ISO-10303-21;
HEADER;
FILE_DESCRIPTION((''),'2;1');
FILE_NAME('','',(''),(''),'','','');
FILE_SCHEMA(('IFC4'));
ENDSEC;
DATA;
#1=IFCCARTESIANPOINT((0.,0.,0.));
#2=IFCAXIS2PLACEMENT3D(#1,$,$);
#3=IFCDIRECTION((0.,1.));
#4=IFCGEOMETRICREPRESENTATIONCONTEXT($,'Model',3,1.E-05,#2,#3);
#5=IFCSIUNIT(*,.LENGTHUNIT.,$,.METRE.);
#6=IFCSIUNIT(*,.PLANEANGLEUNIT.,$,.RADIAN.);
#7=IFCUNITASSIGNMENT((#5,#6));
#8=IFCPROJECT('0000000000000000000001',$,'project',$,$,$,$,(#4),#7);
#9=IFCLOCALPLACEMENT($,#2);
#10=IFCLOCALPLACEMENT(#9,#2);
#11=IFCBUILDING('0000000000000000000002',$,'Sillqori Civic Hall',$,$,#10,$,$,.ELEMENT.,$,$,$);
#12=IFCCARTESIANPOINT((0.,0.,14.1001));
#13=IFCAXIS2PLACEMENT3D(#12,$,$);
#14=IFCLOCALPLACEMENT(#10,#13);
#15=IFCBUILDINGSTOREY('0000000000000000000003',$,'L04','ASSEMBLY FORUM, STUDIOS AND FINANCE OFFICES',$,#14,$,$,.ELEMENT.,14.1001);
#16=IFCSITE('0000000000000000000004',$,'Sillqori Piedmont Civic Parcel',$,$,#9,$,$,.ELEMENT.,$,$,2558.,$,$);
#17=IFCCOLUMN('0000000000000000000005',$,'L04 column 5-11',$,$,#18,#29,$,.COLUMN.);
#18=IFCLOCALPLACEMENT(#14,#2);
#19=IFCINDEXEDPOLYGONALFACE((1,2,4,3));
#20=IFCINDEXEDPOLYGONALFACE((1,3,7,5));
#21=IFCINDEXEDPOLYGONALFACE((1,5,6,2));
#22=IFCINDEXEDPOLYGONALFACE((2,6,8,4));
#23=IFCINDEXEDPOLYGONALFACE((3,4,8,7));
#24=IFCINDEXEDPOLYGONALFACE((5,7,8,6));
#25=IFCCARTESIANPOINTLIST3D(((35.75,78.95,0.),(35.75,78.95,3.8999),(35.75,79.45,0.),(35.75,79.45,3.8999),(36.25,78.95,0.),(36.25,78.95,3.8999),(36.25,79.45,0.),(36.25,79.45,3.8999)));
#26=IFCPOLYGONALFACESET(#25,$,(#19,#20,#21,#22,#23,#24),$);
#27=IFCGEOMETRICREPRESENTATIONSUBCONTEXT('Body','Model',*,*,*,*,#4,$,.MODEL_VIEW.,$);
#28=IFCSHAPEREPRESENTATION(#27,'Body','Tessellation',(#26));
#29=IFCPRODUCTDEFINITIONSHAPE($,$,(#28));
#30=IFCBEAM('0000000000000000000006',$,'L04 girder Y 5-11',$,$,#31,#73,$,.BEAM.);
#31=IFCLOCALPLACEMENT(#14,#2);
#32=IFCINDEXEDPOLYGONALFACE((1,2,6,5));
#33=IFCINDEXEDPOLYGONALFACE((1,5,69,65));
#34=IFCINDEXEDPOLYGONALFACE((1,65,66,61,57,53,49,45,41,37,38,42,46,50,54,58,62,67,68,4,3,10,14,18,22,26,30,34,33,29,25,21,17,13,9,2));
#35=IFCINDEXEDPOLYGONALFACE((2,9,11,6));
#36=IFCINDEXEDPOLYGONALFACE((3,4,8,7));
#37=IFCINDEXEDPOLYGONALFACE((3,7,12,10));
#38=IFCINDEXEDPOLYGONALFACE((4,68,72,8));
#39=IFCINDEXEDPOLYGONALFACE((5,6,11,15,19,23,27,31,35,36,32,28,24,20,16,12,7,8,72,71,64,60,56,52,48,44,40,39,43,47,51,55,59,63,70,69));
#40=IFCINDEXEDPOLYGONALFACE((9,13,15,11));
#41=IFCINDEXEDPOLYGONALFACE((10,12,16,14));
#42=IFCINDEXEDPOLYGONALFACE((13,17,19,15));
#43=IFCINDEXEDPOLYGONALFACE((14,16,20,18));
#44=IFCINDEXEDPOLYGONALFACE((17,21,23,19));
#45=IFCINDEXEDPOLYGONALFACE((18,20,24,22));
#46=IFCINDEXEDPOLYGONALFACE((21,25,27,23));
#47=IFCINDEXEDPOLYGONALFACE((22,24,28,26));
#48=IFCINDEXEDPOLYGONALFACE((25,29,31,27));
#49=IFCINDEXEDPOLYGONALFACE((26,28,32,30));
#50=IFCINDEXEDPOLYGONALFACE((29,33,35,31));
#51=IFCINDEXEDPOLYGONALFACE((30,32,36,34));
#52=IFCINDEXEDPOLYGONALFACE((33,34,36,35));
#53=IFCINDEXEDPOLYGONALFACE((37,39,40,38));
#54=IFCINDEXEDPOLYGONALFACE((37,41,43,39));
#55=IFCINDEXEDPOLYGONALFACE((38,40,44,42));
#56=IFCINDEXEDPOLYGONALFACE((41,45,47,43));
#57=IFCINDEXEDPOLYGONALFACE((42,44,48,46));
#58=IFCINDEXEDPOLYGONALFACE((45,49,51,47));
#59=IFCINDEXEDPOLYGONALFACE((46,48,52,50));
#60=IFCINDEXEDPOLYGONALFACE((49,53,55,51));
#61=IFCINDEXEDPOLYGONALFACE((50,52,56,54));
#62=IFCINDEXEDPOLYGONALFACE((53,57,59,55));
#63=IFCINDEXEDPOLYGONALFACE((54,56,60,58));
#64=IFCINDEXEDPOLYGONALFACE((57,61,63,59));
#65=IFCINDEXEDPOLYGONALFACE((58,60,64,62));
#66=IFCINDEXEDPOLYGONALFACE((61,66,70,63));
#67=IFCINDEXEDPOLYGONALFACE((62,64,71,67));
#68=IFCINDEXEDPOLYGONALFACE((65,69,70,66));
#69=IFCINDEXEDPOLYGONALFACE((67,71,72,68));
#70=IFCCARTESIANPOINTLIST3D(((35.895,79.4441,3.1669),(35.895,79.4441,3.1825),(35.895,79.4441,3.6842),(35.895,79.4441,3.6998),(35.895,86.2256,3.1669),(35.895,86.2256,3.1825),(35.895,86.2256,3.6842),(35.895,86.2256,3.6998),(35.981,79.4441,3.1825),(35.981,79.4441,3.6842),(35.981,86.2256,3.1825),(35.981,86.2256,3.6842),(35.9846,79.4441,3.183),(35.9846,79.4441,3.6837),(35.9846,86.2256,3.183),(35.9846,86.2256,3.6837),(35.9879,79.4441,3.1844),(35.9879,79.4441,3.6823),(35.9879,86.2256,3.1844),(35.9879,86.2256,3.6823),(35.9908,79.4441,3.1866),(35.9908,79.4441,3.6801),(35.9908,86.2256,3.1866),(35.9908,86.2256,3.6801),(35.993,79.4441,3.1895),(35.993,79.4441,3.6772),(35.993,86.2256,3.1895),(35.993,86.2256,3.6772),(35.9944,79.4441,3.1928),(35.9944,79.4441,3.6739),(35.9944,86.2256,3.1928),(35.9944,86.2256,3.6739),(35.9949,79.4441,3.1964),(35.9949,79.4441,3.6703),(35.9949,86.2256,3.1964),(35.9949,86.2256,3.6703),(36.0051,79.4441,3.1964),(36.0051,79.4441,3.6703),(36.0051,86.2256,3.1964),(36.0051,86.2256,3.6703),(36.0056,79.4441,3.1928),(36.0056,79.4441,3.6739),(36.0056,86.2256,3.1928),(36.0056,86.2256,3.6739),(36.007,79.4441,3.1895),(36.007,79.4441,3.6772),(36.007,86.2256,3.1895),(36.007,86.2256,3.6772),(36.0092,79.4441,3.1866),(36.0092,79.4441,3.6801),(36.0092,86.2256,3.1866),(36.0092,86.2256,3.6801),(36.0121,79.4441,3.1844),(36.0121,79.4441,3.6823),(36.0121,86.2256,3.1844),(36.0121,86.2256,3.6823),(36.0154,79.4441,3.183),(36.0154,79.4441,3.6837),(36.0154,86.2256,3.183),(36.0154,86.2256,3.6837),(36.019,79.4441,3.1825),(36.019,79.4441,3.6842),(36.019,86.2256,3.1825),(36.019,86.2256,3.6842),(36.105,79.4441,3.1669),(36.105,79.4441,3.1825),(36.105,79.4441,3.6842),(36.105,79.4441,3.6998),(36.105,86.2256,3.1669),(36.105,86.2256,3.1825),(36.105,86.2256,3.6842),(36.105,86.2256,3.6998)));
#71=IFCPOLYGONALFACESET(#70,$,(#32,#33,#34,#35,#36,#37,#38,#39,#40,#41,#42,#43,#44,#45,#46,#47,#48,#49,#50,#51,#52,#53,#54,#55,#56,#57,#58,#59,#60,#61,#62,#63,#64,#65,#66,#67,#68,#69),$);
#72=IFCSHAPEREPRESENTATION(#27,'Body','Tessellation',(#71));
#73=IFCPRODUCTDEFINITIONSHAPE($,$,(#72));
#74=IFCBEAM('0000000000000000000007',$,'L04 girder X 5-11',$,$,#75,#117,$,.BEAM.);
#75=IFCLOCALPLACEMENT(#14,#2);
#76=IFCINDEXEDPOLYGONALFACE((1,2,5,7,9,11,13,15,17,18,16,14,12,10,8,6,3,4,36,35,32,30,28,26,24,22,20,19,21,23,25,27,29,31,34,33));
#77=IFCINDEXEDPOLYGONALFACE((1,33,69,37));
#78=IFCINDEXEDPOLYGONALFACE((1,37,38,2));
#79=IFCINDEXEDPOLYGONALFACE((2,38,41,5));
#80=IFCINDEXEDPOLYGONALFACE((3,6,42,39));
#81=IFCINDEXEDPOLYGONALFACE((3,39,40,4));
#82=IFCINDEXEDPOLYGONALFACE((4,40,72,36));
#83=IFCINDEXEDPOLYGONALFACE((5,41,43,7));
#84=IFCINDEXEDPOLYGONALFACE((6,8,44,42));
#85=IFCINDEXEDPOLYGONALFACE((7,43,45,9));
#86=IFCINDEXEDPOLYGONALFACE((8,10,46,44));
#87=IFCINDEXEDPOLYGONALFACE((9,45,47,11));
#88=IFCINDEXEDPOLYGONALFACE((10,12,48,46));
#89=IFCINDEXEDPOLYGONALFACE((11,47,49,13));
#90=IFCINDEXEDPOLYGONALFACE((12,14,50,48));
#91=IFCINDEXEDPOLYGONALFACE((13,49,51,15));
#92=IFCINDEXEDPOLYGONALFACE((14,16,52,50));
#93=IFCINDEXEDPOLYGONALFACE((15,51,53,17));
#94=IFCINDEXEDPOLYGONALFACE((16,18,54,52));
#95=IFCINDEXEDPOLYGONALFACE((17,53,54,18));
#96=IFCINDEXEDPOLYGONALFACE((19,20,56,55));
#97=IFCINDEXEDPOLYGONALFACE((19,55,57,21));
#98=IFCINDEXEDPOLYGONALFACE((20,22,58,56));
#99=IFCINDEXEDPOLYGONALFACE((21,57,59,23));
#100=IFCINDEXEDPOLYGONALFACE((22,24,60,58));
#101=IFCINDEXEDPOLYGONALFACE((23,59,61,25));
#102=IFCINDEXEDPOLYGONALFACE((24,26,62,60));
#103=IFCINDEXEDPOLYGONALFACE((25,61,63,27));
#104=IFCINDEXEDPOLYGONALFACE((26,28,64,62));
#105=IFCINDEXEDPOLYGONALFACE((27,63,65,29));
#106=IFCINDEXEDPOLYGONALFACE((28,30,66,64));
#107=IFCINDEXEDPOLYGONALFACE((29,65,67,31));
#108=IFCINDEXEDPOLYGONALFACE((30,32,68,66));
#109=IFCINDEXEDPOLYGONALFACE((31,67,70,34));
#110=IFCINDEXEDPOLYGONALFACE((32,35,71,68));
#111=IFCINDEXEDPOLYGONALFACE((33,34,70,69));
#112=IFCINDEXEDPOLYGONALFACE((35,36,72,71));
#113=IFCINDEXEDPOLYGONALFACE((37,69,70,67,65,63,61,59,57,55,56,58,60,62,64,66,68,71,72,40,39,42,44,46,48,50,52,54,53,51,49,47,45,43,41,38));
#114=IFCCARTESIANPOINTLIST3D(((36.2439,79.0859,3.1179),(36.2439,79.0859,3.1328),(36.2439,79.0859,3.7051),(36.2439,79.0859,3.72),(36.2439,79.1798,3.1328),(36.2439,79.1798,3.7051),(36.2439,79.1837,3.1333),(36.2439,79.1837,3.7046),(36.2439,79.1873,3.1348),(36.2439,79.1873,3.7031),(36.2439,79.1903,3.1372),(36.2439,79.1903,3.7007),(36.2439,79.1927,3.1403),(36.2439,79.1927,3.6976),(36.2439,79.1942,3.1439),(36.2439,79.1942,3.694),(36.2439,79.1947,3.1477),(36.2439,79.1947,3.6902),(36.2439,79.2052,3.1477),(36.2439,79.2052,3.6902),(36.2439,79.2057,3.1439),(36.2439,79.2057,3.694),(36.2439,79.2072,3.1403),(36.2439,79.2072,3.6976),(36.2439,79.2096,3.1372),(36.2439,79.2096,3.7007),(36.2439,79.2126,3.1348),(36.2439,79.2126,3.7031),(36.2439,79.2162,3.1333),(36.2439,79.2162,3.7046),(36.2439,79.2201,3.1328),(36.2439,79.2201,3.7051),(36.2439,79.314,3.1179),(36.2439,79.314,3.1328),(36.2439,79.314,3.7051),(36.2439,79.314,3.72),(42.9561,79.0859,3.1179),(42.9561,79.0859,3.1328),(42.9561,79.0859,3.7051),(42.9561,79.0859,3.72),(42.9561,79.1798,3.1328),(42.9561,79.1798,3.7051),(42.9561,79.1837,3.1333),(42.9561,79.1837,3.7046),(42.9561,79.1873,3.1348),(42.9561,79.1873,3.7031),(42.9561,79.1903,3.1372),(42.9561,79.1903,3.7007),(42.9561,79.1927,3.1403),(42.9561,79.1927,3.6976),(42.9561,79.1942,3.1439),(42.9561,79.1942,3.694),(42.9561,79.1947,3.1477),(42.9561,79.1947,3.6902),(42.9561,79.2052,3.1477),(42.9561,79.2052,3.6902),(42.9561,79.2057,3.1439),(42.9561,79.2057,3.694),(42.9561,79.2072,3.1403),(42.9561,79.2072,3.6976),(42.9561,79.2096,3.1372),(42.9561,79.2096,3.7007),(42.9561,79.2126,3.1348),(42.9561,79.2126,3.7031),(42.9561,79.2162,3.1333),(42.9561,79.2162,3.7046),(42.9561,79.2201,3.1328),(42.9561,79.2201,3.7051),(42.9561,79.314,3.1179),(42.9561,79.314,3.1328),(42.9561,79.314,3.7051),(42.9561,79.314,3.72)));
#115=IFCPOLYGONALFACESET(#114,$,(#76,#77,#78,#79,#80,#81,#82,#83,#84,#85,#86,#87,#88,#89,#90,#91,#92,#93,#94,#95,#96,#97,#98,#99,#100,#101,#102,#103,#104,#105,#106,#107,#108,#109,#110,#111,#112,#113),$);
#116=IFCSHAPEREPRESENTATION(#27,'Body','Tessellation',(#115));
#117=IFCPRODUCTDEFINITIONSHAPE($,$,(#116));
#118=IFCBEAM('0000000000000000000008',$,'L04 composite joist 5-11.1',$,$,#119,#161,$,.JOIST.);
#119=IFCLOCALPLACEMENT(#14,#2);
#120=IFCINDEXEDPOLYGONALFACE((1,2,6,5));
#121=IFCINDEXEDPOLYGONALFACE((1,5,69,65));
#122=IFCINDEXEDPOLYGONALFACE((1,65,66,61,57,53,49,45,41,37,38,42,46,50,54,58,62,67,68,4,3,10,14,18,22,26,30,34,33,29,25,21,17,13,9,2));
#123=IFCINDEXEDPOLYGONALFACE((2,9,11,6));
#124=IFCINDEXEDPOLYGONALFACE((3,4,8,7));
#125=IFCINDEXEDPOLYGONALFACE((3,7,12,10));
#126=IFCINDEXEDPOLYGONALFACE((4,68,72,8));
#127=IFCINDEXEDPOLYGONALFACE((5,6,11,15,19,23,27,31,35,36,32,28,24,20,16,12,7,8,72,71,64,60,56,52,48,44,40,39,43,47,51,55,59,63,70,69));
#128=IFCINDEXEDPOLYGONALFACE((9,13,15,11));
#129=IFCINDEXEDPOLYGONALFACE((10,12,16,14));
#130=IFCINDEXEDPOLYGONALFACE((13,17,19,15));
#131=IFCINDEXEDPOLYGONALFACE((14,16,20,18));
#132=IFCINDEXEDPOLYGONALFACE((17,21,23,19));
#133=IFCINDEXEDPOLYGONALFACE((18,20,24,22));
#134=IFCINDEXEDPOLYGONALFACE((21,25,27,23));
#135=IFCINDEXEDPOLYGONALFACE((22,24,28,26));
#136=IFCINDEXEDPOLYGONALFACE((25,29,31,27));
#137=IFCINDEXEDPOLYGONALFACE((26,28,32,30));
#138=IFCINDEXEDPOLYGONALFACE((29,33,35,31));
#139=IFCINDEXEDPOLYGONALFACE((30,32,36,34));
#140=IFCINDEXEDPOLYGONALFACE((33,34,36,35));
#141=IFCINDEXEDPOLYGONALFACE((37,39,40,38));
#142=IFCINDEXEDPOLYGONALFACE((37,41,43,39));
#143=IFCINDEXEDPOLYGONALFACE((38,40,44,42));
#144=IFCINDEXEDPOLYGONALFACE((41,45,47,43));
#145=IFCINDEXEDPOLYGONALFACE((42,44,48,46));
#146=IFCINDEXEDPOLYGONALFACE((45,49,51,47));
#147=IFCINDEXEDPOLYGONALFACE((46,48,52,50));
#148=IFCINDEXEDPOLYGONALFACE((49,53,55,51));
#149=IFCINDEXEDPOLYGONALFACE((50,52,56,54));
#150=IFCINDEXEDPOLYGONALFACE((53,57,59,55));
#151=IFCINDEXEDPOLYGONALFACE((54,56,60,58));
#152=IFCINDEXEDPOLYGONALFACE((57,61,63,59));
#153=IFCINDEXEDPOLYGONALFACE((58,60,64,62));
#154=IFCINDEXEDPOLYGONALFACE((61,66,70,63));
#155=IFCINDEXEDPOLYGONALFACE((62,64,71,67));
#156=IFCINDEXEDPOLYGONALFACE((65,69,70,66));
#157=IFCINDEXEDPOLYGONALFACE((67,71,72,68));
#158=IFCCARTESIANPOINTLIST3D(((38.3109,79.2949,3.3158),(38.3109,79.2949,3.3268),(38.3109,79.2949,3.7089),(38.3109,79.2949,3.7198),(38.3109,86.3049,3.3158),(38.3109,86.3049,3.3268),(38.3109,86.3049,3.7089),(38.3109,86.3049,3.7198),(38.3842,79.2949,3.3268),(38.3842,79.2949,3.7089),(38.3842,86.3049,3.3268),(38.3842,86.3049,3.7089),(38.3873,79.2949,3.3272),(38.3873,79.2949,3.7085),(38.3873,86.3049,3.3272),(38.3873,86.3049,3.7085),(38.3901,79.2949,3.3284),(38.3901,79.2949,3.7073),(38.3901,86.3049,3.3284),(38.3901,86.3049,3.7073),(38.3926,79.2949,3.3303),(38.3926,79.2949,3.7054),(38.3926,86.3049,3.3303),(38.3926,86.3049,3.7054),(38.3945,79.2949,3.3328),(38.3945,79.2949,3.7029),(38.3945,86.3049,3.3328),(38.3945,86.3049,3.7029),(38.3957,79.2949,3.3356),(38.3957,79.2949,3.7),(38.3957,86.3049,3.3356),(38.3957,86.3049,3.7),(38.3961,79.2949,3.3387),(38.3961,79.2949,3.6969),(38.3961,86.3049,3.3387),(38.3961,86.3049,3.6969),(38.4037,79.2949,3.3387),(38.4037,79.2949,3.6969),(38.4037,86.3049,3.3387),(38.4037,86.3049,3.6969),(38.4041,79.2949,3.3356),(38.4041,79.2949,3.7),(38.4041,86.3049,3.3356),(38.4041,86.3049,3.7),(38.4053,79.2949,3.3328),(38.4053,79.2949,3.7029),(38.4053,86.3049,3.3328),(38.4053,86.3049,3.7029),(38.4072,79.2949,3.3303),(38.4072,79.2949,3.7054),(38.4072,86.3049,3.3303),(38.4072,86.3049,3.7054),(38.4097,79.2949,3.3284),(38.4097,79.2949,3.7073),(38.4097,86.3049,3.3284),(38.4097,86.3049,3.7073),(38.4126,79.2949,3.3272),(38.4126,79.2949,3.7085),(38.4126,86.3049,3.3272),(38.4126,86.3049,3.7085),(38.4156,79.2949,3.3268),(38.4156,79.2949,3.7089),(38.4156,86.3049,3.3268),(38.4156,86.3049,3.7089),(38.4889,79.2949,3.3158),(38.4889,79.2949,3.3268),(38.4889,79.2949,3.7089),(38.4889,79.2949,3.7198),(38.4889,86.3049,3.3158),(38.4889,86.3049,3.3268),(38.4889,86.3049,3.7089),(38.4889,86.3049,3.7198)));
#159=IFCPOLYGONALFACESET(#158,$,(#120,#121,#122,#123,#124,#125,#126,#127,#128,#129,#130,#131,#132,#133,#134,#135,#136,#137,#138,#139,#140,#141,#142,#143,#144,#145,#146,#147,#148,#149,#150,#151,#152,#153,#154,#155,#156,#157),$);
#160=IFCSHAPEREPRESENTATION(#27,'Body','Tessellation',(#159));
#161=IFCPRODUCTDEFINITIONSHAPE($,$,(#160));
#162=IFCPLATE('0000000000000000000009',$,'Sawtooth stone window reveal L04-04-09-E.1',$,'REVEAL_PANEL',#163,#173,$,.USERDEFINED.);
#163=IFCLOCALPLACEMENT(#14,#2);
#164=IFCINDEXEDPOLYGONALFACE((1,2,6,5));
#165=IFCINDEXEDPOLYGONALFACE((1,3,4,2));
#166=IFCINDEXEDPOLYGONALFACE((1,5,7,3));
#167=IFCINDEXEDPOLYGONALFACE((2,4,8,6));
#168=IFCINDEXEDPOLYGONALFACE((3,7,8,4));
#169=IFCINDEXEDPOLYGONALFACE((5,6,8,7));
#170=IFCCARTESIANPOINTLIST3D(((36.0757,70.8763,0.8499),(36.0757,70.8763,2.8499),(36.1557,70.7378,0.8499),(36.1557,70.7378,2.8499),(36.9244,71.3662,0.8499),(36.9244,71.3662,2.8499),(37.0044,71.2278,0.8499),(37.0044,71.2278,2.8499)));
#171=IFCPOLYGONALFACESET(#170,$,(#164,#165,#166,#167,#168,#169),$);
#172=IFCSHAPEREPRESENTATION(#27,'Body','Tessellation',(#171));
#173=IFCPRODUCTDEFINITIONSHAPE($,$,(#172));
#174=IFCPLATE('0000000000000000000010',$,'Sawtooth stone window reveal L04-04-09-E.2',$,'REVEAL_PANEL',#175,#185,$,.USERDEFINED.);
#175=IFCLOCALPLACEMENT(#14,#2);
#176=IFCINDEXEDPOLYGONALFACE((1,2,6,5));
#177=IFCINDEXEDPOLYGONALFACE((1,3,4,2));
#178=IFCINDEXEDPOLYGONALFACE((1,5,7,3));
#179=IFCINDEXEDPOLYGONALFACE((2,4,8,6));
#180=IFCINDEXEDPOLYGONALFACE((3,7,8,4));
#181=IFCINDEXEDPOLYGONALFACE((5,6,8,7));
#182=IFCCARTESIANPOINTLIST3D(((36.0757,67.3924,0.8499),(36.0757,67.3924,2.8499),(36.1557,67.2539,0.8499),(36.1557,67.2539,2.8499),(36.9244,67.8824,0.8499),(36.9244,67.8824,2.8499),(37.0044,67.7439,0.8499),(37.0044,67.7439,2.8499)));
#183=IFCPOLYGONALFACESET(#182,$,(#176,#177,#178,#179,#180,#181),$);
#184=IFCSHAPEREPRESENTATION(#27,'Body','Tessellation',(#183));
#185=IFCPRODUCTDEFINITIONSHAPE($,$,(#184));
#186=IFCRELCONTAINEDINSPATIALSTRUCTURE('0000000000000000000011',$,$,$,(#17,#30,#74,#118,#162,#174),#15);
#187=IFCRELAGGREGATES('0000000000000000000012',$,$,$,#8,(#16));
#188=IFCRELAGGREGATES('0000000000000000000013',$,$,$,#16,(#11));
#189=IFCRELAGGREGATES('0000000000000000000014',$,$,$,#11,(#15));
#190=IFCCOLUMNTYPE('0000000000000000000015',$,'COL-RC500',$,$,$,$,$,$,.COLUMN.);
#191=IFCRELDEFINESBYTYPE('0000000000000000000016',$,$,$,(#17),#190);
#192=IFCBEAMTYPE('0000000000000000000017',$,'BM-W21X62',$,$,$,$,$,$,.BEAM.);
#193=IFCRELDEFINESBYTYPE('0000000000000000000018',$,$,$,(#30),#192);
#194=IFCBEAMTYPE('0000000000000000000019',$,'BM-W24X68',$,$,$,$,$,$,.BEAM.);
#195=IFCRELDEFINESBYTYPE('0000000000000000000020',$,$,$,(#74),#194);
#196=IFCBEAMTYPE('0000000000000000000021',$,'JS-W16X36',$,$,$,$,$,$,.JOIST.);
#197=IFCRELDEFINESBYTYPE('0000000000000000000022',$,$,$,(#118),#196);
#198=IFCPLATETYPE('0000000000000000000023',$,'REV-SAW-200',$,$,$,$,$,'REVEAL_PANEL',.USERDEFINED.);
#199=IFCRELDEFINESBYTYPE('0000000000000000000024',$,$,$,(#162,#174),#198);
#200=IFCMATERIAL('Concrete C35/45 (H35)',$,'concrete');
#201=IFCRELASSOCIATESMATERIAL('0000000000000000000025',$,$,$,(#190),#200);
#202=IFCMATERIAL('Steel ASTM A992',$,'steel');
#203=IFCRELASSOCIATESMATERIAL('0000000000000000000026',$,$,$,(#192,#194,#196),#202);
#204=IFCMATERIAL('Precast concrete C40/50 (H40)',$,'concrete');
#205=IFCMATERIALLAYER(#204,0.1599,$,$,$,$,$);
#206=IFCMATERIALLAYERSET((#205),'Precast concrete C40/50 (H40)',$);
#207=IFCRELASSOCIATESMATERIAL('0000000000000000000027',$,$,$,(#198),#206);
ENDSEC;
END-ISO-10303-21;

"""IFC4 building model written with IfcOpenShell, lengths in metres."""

from ifc_helpers import new_model, si_unit, direction, frame, origin, origin_2d, place, context, subcontext, project, spatial, rectangle, i_section, extrude, material, layer, layer_set, material_profile, profile_set, type_object, element, save


model = new_model("IFC4")

# Units and contexts
model_context = context("Model", 3, precision=1e-05, world=origin(), true_north=direction((0.0, 1.0)))
body_context = subcontext(model_context, "Body", "Model", "MODEL_VIEW")
ifc_project = project(units=[si_unit("LENGTHUNIT", "METRE"), si_unit("PLANEANGLEUNIT", "RADIAN")], contexts=[model_context])

# Site, building, storey
site_placement = place(None, origin())
site = spatial("IfcSite", under=ifc_project, at=site_placement, Name="Sillqori Piedmont Civic Parcel", CompositionType="ELEMENT", RefElevation=2558.0)
building_placement = place(site_placement, origin())
building = spatial("IfcBuilding", under=site, at=building_placement, Name="Sillqori Civic Hall", CompositionType="ELEMENT")
storey_placement = place(building_placement, frame((0.0, 0.0, 14.1001)))
storey = spatial("IfcBuildingStorey", under=building, at=storey_placement, Name="L04", Description="ASSEMBLY FORUM, STUDIOS AND FINANCE OFFICES", CompositionType="ELEMENT", Elevation=14.1001)

# Column
ifc_material_1 = material(Name="Concrete C35/45 (H35)", Category="concrete")
ifc_material_profile_1 = material_profile(ifc_material_1, rectangle(XDim=0.5, YDim=0.5, at=origin_2d()), Name="RC 500x500")
ifc_profile_set_1 = profile_set([ifc_material_profile_1], Name="Concrete C35/45 (H35)")
column_type = type_object("IfcColumnType", Name="COL-RC500", PredefinedType="COLUMN", material=ifc_profile_set_1)
column_placement = place(storey_placement, frame((36.0, 79.2, 0.0), z_axis=(0.0, 0.0, 1.0), x_axis=(1.0, 0.0, 0.0)))
element("IfcColumn", 1, at=column_placement, inside=storey, type_object=column_type, Name="L04 column 5-11", PredefinedType="COLUMN", context=body_context, shape_type="SweptSolid", body=[
    extrude(rectangle(XDim=0.5, YDim=0.5, at=origin_2d()), origin(), (0.0, 0.0, 1.0), 3.8999),
])

# Beams
ifc_material_2 = material(Name="Steel ASTM A992", Category="steel")
ifc_material_profile_2 = material_profile(ifc_material_2, i_section(OverallWidth=0.21, OverallDepth=0.533, WebThickness=0.0103, FlangeThickness=0.0156, FilletRadius=0.0139, at=origin_2d()), Name="W21X62")
ifc_profile_set_2 = profile_set([ifc_material_profile_2], Name="Steel ASTM A992")
beam_type_1 = type_object("IfcBeamType", Name="BM-W21X62", PredefinedType="BEAM", material=ifc_profile_set_2)
beam_1_placement = place(storey_placement, frame((36.0, 79.4441, 3.4333), z_axis=(0.0, 1.0, 0.0), x_axis=(-1.0, 0.0, 0.0)))
element("IfcBeam", 2, at=beam_1_placement, inside=storey, type_object=beam_type_1, Name="L04 girder Y 5-11", PredefinedType="BEAM", context=body_context, shape_type="SweptSolid", body=[
    extrude(i_section(OverallWidth=0.21, OverallDepth=0.533, WebThickness=0.0103, FlangeThickness=0.0156, FilletRadius=0.0139, at=origin_2d()), origin(), (0.0, 0.0, 1.0), 6.7815),
])
ifc_material_profile_3 = material_profile(ifc_material_2, i_section(OverallWidth=0.228, OverallDepth=0.6021, WebThickness=0.0105, FlangeThickness=0.0149, FilletRadius=0.0149, at=origin_2d()), Name="W24X68")
ifc_profile_set_3 = profile_set([ifc_material_profile_3], Name="Steel ASTM A992")
beam_type_2 = type_object("IfcBeamType", Name="BM-W24X68", PredefinedType="BEAM", material=ifc_profile_set_3)
beam_2_placement = place(storey_placement, frame((36.2439, 79.2, 3.4189), z_axis=(1.0, 0.0, 0.0), x_axis=(0.0, 1.0, 0.0)))
element("IfcBeam", 3, at=beam_2_placement, inside=storey, type_object=beam_type_2, Name="L04 girder X 5-11", PredefinedType="BEAM", context=body_context, shape_type="SweptSolid", body=[
    extrude(i_section(OverallWidth=0.228, OverallDepth=0.6021, WebThickness=0.0105, FlangeThickness=0.0149, FilletRadius=0.0149, at=origin_2d()), origin(), (0.0, 0.0, 1.0), 6.7122),
])
ifc_material_profile_4 = material_profile(ifc_material_2, i_section(OverallWidth=0.178, OverallDepth=0.4041, WebThickness=0.0076, FlangeThickness=0.011, FilletRadius=0.012, at=origin_2d()), Name="W16X36")
ifc_profile_set_4 = profile_set([ifc_material_profile_4], Name="Steel ASTM A992")
beam_type_3 = type_object("IfcBeamType", Name="JS-W16X36", PredefinedType="JOIST", material=ifc_profile_set_4)
beam_3_placement = place(storey_placement, frame((38.3999, 79.2949, 3.5178), z_axis=(0.0, 1.0, 0.0), x_axis=(-1.0, 0.0, 0.0)))
element("IfcBeam", 4, at=beam_3_placement, inside=storey, type_object=beam_type_3, Name="L04 composite joist 5-11.1", PredefinedType="JOIST", context=body_context, shape_type="SweptSolid", body=[
    extrude(i_section(OverallWidth=0.178, OverallDepth=0.4041, WebThickness=0.0076, FlangeThickness=0.011, FilletRadius=0.012, at=origin_2d()), origin(), (0.0, 0.0, 1.0), 7.01),
])

# Plates
ifc_material_3 = material(Name="Precast concrete C40/50 (H40)", Category="concrete")
ifc_layer_1 = layer(ifc_material_3, 0.1599)
ifc_layer_set_1 = layer_set([ifc_layer_1], Name="Precast concrete C40/50 (H40)")
plate_type = type_object("IfcPlateType", Name="REV-SAW-200", ElementType="REVEAL_PANEL", PredefinedType="USERDEFINED", material=ifc_layer_set_1)
for number, where, z_axis, x_axis, name in (
    (5, (36.54, 71.052, 0.8499), (0.0, 0.0, 1.0), (0.5, -0.866025, 0.0), "Sawtooth stone window reveal L04-04-09-E.1"),
    (6, (36.54, 67.5681, 0.8499), (0.0, 0.0, 1.0), (0.5, -0.866025, 0.0), "Sawtooth stone window reveal L04-04-09-E.2"),
):
    element("IfcPlate", number, at=place(storey_placement, frame(where, z_axis=z_axis, x_axis=x_axis)), inside=storey, type_object=plate_type, Name=name, ObjectType="REVEAL_PANEL", PredefinedType="USERDEFINED", context=body_context, shape_type="SweptSolid", body=[
        extrude(rectangle(XDim=0.1599, YDim=0.98, at=origin_2d()), origin(), (0.0, 0.0, 1.0), 2.0),
    ])

save(model, "model.ifc")
